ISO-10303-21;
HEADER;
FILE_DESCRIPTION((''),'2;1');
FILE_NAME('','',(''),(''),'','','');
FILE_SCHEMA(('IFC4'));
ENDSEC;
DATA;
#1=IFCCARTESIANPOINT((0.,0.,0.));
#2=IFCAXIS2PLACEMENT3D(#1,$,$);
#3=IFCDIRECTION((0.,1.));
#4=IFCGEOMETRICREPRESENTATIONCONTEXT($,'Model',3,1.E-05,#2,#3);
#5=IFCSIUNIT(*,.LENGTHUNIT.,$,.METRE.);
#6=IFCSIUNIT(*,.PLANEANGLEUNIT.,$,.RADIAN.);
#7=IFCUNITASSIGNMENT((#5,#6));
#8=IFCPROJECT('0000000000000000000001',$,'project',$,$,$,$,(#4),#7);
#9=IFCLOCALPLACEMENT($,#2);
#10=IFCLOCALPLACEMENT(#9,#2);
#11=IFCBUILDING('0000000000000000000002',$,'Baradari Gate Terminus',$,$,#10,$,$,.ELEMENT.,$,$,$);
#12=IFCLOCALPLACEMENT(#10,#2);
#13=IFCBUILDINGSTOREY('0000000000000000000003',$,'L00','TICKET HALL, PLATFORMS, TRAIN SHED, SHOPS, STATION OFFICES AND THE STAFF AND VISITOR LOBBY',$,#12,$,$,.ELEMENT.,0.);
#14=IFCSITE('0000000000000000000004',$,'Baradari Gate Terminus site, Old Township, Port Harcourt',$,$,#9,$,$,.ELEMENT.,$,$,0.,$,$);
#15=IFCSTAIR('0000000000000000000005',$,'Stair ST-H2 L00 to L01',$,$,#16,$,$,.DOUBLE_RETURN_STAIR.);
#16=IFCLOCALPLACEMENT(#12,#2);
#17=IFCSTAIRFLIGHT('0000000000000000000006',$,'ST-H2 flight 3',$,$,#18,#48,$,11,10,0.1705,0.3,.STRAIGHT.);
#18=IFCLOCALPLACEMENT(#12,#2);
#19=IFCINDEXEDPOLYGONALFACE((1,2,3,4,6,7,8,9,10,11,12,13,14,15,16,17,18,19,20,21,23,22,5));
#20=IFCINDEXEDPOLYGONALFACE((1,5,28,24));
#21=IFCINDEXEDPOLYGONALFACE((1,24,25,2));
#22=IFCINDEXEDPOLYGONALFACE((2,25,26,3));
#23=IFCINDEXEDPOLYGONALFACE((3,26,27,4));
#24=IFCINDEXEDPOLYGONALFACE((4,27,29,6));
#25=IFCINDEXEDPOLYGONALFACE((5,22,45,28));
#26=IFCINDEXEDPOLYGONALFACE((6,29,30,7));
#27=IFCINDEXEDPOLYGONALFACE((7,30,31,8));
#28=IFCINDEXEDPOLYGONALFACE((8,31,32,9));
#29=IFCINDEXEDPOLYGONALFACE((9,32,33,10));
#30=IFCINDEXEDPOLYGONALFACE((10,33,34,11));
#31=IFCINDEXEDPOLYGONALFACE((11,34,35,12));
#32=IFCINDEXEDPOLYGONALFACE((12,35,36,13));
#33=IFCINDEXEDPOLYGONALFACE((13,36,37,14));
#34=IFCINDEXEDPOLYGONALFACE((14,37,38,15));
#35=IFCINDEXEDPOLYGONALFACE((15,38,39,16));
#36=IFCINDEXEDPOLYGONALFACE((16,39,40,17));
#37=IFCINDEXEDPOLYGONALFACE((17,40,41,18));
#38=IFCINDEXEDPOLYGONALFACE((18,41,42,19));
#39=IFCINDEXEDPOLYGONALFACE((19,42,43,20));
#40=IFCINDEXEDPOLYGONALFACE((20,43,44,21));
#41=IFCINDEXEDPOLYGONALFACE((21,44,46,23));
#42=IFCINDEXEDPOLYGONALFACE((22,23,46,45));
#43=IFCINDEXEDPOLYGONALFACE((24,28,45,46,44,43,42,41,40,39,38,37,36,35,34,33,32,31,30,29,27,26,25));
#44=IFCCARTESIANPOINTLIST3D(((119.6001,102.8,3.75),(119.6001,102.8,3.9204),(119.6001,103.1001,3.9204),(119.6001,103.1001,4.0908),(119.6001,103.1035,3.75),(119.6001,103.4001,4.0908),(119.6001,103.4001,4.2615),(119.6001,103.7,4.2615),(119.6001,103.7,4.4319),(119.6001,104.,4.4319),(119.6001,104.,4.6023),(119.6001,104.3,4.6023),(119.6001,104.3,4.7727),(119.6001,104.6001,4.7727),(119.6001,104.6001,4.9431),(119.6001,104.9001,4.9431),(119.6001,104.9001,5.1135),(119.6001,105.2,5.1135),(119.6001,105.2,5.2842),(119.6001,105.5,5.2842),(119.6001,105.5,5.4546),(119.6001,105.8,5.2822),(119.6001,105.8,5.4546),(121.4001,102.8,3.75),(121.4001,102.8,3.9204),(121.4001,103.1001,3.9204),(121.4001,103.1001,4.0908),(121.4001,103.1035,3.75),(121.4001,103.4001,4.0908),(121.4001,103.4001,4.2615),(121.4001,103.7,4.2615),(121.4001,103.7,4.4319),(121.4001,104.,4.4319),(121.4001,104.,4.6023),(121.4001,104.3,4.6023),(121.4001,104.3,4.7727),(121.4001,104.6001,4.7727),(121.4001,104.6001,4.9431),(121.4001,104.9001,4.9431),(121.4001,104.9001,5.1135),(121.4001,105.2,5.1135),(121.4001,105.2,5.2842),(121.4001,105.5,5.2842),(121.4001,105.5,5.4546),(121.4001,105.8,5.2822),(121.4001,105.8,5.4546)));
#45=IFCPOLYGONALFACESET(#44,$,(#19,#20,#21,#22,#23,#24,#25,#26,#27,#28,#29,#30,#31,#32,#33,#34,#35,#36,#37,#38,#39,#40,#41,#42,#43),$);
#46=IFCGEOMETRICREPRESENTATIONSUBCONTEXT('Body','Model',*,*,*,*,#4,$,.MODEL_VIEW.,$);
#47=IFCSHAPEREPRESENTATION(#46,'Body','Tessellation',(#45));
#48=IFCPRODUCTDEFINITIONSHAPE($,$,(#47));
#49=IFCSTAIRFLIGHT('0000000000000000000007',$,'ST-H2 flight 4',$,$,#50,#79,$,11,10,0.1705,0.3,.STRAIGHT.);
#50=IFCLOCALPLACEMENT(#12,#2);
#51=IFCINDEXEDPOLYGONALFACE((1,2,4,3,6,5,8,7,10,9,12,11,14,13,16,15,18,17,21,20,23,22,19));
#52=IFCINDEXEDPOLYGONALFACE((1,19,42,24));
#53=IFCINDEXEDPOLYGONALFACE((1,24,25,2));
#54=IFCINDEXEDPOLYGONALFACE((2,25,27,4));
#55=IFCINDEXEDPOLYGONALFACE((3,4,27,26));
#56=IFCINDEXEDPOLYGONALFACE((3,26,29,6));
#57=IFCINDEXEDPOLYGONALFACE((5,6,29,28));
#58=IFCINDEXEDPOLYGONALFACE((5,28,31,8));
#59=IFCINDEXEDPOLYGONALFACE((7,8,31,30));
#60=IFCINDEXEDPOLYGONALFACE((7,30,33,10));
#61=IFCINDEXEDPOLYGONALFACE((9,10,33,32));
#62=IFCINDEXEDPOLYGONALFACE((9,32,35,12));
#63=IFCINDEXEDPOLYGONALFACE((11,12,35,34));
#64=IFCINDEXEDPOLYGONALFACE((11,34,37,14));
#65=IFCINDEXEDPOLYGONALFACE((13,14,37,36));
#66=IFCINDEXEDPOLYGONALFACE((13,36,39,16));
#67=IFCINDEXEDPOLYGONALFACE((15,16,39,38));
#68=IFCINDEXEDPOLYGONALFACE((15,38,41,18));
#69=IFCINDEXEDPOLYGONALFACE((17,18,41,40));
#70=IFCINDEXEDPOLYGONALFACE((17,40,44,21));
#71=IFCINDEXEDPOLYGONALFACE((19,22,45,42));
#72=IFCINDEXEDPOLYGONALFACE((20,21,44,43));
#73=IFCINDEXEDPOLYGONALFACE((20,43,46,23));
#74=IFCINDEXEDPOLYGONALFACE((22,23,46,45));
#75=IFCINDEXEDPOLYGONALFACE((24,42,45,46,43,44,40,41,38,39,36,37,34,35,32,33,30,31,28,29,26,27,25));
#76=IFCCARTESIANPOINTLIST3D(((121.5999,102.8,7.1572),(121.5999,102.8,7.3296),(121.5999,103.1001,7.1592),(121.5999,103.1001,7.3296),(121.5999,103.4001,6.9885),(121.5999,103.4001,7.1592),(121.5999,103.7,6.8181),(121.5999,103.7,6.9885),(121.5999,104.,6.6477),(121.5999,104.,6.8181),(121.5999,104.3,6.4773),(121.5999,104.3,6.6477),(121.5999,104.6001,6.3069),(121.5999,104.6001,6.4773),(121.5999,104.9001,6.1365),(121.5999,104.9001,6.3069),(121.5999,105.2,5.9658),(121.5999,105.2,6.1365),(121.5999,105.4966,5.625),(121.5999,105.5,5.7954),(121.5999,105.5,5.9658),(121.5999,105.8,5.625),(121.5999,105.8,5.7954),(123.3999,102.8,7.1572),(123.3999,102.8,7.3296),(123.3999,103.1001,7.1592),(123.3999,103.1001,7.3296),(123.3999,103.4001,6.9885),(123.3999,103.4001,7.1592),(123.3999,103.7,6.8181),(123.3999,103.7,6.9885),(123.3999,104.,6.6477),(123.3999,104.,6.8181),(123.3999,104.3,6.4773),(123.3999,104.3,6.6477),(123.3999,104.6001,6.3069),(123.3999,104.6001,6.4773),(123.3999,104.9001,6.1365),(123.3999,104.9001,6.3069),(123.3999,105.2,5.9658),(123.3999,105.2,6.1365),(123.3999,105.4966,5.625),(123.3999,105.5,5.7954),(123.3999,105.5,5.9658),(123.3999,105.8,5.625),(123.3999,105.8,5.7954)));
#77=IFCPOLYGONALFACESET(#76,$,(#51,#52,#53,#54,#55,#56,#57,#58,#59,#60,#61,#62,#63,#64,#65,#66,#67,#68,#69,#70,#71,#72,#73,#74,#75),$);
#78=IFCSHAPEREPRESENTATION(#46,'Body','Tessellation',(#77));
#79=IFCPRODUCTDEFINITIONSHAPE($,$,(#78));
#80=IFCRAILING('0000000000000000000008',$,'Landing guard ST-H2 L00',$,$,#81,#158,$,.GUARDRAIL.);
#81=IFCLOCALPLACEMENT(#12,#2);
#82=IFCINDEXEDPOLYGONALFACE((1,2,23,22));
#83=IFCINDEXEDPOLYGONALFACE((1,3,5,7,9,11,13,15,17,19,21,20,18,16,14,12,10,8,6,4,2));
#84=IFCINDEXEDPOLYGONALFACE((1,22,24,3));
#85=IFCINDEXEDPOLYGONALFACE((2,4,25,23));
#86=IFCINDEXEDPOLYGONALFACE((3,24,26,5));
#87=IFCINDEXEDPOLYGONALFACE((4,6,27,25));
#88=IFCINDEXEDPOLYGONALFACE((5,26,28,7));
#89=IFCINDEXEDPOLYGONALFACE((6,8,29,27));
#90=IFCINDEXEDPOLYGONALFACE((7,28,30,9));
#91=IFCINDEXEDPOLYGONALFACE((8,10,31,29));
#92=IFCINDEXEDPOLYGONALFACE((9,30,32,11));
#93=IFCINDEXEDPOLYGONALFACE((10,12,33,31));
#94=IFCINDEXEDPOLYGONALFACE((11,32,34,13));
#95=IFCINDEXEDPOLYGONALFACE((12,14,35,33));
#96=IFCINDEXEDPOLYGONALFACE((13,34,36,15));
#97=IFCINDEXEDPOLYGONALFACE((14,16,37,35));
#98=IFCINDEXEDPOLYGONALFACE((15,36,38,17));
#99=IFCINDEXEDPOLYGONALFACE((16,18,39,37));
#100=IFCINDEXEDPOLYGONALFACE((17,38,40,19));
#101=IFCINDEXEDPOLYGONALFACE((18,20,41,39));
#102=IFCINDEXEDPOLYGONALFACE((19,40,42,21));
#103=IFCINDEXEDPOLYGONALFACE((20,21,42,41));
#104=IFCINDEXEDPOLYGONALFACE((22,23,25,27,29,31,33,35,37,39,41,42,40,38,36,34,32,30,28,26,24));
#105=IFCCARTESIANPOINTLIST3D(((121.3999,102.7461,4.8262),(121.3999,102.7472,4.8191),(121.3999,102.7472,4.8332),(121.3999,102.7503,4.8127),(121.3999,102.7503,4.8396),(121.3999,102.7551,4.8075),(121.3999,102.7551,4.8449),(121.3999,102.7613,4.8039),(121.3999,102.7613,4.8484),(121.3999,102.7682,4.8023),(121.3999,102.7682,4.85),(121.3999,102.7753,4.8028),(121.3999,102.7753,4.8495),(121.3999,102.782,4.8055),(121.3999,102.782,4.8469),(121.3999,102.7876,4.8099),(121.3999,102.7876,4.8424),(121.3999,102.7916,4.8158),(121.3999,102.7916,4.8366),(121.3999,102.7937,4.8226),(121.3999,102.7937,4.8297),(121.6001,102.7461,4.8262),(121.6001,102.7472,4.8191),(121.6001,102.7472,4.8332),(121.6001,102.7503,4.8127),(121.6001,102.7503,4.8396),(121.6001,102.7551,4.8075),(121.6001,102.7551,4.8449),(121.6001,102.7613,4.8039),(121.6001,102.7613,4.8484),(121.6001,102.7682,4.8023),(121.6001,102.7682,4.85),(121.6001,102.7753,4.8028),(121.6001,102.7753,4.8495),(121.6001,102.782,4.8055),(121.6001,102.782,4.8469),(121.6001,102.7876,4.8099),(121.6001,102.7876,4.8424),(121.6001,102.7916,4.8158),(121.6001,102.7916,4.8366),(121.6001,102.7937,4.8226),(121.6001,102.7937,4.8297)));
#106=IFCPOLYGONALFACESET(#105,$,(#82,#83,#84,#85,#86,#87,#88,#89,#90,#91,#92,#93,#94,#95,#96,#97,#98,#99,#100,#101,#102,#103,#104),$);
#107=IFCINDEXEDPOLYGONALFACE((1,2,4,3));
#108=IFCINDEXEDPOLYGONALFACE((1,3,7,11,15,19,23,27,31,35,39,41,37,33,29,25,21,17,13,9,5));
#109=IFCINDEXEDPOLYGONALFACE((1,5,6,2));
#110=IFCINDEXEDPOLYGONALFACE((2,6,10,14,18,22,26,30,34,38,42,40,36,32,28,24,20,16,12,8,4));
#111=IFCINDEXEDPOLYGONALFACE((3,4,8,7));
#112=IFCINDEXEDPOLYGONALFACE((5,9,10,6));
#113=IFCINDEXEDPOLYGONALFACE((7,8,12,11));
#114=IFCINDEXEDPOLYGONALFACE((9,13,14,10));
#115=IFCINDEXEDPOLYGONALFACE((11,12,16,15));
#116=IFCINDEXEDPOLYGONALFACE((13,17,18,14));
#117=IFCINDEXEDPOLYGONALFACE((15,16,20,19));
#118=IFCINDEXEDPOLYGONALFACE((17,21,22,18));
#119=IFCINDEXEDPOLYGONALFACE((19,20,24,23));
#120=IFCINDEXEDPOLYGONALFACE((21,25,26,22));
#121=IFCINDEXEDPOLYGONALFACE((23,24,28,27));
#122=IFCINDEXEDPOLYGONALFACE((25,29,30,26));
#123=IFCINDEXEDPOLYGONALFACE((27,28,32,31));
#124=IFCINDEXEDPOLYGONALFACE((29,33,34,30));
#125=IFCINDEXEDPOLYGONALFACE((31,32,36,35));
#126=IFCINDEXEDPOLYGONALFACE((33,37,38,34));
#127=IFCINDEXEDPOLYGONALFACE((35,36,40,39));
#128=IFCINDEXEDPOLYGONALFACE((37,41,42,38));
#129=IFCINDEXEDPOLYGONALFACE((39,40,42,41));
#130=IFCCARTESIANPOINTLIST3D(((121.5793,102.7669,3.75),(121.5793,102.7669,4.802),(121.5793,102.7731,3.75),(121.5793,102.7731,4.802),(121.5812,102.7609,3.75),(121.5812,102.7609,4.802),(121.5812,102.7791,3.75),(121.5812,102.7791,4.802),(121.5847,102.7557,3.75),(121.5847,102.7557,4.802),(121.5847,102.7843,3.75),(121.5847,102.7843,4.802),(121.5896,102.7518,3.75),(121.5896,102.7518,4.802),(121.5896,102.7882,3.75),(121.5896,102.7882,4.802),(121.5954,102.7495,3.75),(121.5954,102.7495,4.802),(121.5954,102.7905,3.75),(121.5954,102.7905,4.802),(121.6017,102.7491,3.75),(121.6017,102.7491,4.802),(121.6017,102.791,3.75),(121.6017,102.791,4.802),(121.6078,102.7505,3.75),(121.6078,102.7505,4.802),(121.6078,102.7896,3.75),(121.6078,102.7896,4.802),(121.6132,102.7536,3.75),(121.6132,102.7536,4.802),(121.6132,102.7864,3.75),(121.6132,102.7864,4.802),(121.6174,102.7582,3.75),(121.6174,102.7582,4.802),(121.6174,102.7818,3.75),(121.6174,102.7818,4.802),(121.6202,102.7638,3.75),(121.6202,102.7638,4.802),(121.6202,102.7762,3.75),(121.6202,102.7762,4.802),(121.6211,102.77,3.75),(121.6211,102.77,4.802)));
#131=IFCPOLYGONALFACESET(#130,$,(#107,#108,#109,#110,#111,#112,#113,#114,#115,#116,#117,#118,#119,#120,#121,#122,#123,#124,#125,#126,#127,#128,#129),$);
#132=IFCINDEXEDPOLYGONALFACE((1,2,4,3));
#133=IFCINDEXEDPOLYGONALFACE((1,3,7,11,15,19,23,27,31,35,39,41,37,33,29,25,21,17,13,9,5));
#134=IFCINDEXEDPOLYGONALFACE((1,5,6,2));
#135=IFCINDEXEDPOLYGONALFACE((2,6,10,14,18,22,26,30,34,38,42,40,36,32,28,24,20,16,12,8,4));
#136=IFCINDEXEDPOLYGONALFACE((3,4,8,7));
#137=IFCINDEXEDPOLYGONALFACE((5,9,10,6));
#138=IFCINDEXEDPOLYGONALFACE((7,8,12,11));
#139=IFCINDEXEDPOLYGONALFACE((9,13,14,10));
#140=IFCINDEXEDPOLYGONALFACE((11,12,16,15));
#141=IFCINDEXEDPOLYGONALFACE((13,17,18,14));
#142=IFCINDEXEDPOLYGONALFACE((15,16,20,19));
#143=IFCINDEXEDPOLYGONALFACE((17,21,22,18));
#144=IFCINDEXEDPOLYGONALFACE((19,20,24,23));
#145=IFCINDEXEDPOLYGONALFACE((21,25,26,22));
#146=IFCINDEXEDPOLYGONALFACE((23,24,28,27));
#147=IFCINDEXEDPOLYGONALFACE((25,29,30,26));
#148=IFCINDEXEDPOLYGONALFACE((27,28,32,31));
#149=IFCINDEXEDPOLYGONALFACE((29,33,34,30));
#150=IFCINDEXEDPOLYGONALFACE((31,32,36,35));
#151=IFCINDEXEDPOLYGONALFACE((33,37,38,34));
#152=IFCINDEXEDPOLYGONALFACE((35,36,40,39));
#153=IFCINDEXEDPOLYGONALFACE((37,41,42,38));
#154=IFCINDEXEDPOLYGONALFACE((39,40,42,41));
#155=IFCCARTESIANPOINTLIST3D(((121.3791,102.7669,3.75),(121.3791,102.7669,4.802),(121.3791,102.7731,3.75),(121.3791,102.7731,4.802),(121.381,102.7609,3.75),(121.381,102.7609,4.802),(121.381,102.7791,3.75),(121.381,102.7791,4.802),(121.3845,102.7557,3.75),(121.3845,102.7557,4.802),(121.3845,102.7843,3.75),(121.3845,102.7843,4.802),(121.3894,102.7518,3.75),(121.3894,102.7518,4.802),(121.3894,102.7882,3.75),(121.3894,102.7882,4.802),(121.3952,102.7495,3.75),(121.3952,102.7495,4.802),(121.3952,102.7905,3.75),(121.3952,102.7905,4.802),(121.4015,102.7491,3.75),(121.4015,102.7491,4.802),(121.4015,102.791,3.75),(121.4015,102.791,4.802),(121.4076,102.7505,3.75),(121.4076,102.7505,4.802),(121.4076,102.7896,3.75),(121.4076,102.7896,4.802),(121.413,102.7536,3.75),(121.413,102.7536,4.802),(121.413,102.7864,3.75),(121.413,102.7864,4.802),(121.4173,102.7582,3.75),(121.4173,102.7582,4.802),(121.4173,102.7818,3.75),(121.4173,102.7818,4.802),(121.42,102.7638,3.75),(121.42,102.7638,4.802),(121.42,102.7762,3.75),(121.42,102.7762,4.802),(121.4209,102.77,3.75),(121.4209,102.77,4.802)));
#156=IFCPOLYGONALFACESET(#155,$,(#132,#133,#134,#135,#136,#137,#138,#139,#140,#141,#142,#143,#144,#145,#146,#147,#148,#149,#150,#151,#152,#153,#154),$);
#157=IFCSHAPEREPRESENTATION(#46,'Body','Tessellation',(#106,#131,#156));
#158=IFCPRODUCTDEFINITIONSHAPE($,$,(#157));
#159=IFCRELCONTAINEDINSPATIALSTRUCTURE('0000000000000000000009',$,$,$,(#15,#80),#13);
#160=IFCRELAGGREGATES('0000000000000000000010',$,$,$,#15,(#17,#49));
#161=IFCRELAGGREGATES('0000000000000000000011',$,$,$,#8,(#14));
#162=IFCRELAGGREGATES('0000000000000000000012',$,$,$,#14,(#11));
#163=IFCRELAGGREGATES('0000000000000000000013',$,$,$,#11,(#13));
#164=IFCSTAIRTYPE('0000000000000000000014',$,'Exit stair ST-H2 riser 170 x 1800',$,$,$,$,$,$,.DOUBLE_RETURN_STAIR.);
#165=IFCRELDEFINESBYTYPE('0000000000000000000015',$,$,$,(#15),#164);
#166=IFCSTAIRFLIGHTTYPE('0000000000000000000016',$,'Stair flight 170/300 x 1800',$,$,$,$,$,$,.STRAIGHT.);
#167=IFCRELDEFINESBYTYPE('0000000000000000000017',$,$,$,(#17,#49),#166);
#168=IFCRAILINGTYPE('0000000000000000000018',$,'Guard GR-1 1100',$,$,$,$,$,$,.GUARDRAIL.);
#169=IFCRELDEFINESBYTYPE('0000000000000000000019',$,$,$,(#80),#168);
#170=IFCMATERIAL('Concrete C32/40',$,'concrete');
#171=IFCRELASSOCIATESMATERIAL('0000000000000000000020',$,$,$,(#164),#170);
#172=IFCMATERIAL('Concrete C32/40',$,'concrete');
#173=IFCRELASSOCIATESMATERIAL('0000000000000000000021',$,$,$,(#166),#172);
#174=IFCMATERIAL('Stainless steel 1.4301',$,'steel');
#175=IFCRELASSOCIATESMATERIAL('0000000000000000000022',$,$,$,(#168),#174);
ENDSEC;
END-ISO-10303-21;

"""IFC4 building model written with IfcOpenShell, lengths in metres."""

from ifc_helpers import new_model, si_unit, direction, frame, origin, origin_2d, place, context, subcontext, project, spatial, polyline, circle, outline, extrude, material, type_object, element, aggregate, save


model = new_model("IFC4")

# Units and contexts
model_context = context("Model", 3, precision=1e-05, world=origin(), true_north=direction((0.0, 1.0)))
body_context = subcontext(model_context, "Body", "Model", "MODEL_VIEW")
ifc_project = project(units=[si_unit("LENGTHUNIT", "METRE"), si_unit("PLANEANGLEUNIT", "RADIAN")], contexts=[model_context])

# Site, building, storey
site_placement = place(None, origin())
site = spatial("IfcSite", under=ifc_project, at=site_placement, Name="Baradari Gate Terminus site, Old Township, Port Harcourt", CompositionType="ELEMENT", RefElevation=0.0)
building_placement = place(site_placement, origin())
building = spatial("IfcBuilding", under=site, at=building_placement, Name="Baradari Gate Terminus", CompositionType="ELEMENT")
storey_placement = place(building_placement, origin())
storey = spatial("IfcBuildingStorey", under=building, at=storey_placement, Name="L00", Description="TICKET HALL, PLATFORMS, TRAIN SHED, SHOPS, STATION OFFICES AND THE STAFF AND VISITOR LOBBY", CompositionType="ELEMENT", Elevation=0.0)

# Stair, stair flights
ifc_material_1 = material(Name="Concrete C32/40", Category="concrete")
stair_type = type_object("IfcStairType", Name="Exit stair ST-H2 riser 170 x 1800", PredefinedType="DOUBLE_RETURN_STAIR", material=ifc_material_1)
stair_placement = place(storey_placement, origin())
stair = element("IfcStair", 1, at=stair_placement, inside=storey, type_object=stair_type, Name="Stair ST-H2 L00 to L01", PredefinedType="DOUBLE_RETURN_STAIR")
ifc_material_2 = material(Name="Concrete C32/40", Category="concrete")
stair_flight_type = type_object("IfcStairFlightType", Name="Stair flight 170/300 x 1800", PredefinedType="STRAIGHT", material=ifc_material_2)
stair_flight_1_placement = place(storey_placement, frame((120.5, 102.8, 3.75), z_axis=(0.0, 0.0, 1.0), x_axis=(0.0, 1.0, 0.0)))
stair_flight_1 = element("IfcStairFlight", 2, at=stair_flight_1_placement, type_object=stair_flight_type, Name="ST-H2 flight 3", NumberOfRisers=11, NumberOfTreads=10, PredefinedType="STRAIGHT", RiserHeight=0.1705, TreadLength=0.3, context=body_context, shape_type="SweptSolid", body=[
    extrude(outline(polyline([(0.0, 0.0), (0.0, 0.1704), (0.3, 0.1704), (0.3, 0.3408), (0.6001, 0.3408), (0.6001, 0.5115), (0.8999, 0.5115), (0.8999, 0.6819), (1.2, 0.6819), (1.2, 0.8523), (1.5, 0.8523), (1.5, 1.0227), (1.8, 1.0227), (1.8, 1.1931), (2.1001, 1.1931), (2.1001, 1.3635), (2.3999, 1.3635), (2.3999, 1.5342), (2.7, 1.5342), (2.7, 1.7046), (3.0, 1.7046), (3.0, 1.875), (3.0, 1.5322), (0.3035, 0.0), (0.0, 0.0)])), frame((0.0, 0.8999, 0.0), z_axis=(0.0, -1.0, 0.0), x_axis=(1.0, 0.0, 0.0)), (0.0, 0.0, 1.0), 1.8),
])
stair_flight_2_placement = place(storey_placement, frame((122.5, 105.8, 5.625), z_axis=(0.0, 0.0, 1.0), x_axis=(0.0, -1.0, 0.0)))
stair_flight_2 = element("IfcStairFlight", 3, at=stair_flight_2_placement, type_object=stair_flight_type, Name="ST-H2 flight 4", NumberOfRisers=11, NumberOfTreads=10, PredefinedType="STRAIGHT", RiserHeight=0.1705, TreadLength=0.3, context=body_context, shape_type="SweptSolid", body=[
    extrude(outline(polyline([(0.0, 0.0), (0.0, 0.1704), (0.3, 0.1704), (0.3, 0.3408), (0.6001, 0.3408), (0.6001, 0.5115), (0.8999, 0.5115), (0.8999, 0.6819), (1.2, 0.6819), (1.2, 0.8523), (1.5, 0.8523), (1.5, 1.0227), (1.8, 1.0227), (1.8, 1.1931), (2.1001, 1.1931), (2.1001, 1.3635), (2.3999, 1.3635), (2.3999, 1.5342), (2.7, 1.5342), (2.7, 1.7046), (3.0, 1.7046), (3.0, 1.875), (3.0, 1.5322), (0.3035, 0.0), (0.0, 0.0)])), frame((0.0, 0.8999, 0.0), z_axis=(0.0, -1.0, 0.0), x_axis=(1.0, 0.0, 0.0)), (0.0, 0.0, 1.0), 1.8),
])
aggregate(stair, [stair_flight_1, stair_flight_2])

# Railing
ifc_material_3 = material(Name="Stainless steel 1.4301", Category="steel")
railing_type_1 = type_object("IfcRailingType", Name="Guard GR-1 1100", PredefinedType="GUARDRAIL", material=ifc_material_3)
railing_placement = place(storey_placement, frame((121.6001, 102.77, 3.75)))
element("IfcRailing", 4, at=railing_placement, inside=storey, type_object=railing_type_1, Name="Landing guard ST-H2 L00", PredefinedType="GUARDRAIL", context=body_context, shape_type="SweptSolid", body=[
    extrude(circle(Radius=0.0239, at=origin_2d()), frame((0.0, 0.0, 1.0762), z_axis=(-1.0, 0.0, 0.0), x_axis=(0.0, -1.0, 0.0)), (0.0, 0.0, 1.0), 0.2002),
    extrude(circle(Radius=0.021, at=origin_2d()), origin(), (0.0, 0.0, 1.0), 1.052),
    extrude(circle(Radius=0.021, at=origin_2d()), frame((-0.2002, 0.0, 0.0)), (0.0, 0.0, 1.0), 1.052),
])

save(model, "model.ifc")
